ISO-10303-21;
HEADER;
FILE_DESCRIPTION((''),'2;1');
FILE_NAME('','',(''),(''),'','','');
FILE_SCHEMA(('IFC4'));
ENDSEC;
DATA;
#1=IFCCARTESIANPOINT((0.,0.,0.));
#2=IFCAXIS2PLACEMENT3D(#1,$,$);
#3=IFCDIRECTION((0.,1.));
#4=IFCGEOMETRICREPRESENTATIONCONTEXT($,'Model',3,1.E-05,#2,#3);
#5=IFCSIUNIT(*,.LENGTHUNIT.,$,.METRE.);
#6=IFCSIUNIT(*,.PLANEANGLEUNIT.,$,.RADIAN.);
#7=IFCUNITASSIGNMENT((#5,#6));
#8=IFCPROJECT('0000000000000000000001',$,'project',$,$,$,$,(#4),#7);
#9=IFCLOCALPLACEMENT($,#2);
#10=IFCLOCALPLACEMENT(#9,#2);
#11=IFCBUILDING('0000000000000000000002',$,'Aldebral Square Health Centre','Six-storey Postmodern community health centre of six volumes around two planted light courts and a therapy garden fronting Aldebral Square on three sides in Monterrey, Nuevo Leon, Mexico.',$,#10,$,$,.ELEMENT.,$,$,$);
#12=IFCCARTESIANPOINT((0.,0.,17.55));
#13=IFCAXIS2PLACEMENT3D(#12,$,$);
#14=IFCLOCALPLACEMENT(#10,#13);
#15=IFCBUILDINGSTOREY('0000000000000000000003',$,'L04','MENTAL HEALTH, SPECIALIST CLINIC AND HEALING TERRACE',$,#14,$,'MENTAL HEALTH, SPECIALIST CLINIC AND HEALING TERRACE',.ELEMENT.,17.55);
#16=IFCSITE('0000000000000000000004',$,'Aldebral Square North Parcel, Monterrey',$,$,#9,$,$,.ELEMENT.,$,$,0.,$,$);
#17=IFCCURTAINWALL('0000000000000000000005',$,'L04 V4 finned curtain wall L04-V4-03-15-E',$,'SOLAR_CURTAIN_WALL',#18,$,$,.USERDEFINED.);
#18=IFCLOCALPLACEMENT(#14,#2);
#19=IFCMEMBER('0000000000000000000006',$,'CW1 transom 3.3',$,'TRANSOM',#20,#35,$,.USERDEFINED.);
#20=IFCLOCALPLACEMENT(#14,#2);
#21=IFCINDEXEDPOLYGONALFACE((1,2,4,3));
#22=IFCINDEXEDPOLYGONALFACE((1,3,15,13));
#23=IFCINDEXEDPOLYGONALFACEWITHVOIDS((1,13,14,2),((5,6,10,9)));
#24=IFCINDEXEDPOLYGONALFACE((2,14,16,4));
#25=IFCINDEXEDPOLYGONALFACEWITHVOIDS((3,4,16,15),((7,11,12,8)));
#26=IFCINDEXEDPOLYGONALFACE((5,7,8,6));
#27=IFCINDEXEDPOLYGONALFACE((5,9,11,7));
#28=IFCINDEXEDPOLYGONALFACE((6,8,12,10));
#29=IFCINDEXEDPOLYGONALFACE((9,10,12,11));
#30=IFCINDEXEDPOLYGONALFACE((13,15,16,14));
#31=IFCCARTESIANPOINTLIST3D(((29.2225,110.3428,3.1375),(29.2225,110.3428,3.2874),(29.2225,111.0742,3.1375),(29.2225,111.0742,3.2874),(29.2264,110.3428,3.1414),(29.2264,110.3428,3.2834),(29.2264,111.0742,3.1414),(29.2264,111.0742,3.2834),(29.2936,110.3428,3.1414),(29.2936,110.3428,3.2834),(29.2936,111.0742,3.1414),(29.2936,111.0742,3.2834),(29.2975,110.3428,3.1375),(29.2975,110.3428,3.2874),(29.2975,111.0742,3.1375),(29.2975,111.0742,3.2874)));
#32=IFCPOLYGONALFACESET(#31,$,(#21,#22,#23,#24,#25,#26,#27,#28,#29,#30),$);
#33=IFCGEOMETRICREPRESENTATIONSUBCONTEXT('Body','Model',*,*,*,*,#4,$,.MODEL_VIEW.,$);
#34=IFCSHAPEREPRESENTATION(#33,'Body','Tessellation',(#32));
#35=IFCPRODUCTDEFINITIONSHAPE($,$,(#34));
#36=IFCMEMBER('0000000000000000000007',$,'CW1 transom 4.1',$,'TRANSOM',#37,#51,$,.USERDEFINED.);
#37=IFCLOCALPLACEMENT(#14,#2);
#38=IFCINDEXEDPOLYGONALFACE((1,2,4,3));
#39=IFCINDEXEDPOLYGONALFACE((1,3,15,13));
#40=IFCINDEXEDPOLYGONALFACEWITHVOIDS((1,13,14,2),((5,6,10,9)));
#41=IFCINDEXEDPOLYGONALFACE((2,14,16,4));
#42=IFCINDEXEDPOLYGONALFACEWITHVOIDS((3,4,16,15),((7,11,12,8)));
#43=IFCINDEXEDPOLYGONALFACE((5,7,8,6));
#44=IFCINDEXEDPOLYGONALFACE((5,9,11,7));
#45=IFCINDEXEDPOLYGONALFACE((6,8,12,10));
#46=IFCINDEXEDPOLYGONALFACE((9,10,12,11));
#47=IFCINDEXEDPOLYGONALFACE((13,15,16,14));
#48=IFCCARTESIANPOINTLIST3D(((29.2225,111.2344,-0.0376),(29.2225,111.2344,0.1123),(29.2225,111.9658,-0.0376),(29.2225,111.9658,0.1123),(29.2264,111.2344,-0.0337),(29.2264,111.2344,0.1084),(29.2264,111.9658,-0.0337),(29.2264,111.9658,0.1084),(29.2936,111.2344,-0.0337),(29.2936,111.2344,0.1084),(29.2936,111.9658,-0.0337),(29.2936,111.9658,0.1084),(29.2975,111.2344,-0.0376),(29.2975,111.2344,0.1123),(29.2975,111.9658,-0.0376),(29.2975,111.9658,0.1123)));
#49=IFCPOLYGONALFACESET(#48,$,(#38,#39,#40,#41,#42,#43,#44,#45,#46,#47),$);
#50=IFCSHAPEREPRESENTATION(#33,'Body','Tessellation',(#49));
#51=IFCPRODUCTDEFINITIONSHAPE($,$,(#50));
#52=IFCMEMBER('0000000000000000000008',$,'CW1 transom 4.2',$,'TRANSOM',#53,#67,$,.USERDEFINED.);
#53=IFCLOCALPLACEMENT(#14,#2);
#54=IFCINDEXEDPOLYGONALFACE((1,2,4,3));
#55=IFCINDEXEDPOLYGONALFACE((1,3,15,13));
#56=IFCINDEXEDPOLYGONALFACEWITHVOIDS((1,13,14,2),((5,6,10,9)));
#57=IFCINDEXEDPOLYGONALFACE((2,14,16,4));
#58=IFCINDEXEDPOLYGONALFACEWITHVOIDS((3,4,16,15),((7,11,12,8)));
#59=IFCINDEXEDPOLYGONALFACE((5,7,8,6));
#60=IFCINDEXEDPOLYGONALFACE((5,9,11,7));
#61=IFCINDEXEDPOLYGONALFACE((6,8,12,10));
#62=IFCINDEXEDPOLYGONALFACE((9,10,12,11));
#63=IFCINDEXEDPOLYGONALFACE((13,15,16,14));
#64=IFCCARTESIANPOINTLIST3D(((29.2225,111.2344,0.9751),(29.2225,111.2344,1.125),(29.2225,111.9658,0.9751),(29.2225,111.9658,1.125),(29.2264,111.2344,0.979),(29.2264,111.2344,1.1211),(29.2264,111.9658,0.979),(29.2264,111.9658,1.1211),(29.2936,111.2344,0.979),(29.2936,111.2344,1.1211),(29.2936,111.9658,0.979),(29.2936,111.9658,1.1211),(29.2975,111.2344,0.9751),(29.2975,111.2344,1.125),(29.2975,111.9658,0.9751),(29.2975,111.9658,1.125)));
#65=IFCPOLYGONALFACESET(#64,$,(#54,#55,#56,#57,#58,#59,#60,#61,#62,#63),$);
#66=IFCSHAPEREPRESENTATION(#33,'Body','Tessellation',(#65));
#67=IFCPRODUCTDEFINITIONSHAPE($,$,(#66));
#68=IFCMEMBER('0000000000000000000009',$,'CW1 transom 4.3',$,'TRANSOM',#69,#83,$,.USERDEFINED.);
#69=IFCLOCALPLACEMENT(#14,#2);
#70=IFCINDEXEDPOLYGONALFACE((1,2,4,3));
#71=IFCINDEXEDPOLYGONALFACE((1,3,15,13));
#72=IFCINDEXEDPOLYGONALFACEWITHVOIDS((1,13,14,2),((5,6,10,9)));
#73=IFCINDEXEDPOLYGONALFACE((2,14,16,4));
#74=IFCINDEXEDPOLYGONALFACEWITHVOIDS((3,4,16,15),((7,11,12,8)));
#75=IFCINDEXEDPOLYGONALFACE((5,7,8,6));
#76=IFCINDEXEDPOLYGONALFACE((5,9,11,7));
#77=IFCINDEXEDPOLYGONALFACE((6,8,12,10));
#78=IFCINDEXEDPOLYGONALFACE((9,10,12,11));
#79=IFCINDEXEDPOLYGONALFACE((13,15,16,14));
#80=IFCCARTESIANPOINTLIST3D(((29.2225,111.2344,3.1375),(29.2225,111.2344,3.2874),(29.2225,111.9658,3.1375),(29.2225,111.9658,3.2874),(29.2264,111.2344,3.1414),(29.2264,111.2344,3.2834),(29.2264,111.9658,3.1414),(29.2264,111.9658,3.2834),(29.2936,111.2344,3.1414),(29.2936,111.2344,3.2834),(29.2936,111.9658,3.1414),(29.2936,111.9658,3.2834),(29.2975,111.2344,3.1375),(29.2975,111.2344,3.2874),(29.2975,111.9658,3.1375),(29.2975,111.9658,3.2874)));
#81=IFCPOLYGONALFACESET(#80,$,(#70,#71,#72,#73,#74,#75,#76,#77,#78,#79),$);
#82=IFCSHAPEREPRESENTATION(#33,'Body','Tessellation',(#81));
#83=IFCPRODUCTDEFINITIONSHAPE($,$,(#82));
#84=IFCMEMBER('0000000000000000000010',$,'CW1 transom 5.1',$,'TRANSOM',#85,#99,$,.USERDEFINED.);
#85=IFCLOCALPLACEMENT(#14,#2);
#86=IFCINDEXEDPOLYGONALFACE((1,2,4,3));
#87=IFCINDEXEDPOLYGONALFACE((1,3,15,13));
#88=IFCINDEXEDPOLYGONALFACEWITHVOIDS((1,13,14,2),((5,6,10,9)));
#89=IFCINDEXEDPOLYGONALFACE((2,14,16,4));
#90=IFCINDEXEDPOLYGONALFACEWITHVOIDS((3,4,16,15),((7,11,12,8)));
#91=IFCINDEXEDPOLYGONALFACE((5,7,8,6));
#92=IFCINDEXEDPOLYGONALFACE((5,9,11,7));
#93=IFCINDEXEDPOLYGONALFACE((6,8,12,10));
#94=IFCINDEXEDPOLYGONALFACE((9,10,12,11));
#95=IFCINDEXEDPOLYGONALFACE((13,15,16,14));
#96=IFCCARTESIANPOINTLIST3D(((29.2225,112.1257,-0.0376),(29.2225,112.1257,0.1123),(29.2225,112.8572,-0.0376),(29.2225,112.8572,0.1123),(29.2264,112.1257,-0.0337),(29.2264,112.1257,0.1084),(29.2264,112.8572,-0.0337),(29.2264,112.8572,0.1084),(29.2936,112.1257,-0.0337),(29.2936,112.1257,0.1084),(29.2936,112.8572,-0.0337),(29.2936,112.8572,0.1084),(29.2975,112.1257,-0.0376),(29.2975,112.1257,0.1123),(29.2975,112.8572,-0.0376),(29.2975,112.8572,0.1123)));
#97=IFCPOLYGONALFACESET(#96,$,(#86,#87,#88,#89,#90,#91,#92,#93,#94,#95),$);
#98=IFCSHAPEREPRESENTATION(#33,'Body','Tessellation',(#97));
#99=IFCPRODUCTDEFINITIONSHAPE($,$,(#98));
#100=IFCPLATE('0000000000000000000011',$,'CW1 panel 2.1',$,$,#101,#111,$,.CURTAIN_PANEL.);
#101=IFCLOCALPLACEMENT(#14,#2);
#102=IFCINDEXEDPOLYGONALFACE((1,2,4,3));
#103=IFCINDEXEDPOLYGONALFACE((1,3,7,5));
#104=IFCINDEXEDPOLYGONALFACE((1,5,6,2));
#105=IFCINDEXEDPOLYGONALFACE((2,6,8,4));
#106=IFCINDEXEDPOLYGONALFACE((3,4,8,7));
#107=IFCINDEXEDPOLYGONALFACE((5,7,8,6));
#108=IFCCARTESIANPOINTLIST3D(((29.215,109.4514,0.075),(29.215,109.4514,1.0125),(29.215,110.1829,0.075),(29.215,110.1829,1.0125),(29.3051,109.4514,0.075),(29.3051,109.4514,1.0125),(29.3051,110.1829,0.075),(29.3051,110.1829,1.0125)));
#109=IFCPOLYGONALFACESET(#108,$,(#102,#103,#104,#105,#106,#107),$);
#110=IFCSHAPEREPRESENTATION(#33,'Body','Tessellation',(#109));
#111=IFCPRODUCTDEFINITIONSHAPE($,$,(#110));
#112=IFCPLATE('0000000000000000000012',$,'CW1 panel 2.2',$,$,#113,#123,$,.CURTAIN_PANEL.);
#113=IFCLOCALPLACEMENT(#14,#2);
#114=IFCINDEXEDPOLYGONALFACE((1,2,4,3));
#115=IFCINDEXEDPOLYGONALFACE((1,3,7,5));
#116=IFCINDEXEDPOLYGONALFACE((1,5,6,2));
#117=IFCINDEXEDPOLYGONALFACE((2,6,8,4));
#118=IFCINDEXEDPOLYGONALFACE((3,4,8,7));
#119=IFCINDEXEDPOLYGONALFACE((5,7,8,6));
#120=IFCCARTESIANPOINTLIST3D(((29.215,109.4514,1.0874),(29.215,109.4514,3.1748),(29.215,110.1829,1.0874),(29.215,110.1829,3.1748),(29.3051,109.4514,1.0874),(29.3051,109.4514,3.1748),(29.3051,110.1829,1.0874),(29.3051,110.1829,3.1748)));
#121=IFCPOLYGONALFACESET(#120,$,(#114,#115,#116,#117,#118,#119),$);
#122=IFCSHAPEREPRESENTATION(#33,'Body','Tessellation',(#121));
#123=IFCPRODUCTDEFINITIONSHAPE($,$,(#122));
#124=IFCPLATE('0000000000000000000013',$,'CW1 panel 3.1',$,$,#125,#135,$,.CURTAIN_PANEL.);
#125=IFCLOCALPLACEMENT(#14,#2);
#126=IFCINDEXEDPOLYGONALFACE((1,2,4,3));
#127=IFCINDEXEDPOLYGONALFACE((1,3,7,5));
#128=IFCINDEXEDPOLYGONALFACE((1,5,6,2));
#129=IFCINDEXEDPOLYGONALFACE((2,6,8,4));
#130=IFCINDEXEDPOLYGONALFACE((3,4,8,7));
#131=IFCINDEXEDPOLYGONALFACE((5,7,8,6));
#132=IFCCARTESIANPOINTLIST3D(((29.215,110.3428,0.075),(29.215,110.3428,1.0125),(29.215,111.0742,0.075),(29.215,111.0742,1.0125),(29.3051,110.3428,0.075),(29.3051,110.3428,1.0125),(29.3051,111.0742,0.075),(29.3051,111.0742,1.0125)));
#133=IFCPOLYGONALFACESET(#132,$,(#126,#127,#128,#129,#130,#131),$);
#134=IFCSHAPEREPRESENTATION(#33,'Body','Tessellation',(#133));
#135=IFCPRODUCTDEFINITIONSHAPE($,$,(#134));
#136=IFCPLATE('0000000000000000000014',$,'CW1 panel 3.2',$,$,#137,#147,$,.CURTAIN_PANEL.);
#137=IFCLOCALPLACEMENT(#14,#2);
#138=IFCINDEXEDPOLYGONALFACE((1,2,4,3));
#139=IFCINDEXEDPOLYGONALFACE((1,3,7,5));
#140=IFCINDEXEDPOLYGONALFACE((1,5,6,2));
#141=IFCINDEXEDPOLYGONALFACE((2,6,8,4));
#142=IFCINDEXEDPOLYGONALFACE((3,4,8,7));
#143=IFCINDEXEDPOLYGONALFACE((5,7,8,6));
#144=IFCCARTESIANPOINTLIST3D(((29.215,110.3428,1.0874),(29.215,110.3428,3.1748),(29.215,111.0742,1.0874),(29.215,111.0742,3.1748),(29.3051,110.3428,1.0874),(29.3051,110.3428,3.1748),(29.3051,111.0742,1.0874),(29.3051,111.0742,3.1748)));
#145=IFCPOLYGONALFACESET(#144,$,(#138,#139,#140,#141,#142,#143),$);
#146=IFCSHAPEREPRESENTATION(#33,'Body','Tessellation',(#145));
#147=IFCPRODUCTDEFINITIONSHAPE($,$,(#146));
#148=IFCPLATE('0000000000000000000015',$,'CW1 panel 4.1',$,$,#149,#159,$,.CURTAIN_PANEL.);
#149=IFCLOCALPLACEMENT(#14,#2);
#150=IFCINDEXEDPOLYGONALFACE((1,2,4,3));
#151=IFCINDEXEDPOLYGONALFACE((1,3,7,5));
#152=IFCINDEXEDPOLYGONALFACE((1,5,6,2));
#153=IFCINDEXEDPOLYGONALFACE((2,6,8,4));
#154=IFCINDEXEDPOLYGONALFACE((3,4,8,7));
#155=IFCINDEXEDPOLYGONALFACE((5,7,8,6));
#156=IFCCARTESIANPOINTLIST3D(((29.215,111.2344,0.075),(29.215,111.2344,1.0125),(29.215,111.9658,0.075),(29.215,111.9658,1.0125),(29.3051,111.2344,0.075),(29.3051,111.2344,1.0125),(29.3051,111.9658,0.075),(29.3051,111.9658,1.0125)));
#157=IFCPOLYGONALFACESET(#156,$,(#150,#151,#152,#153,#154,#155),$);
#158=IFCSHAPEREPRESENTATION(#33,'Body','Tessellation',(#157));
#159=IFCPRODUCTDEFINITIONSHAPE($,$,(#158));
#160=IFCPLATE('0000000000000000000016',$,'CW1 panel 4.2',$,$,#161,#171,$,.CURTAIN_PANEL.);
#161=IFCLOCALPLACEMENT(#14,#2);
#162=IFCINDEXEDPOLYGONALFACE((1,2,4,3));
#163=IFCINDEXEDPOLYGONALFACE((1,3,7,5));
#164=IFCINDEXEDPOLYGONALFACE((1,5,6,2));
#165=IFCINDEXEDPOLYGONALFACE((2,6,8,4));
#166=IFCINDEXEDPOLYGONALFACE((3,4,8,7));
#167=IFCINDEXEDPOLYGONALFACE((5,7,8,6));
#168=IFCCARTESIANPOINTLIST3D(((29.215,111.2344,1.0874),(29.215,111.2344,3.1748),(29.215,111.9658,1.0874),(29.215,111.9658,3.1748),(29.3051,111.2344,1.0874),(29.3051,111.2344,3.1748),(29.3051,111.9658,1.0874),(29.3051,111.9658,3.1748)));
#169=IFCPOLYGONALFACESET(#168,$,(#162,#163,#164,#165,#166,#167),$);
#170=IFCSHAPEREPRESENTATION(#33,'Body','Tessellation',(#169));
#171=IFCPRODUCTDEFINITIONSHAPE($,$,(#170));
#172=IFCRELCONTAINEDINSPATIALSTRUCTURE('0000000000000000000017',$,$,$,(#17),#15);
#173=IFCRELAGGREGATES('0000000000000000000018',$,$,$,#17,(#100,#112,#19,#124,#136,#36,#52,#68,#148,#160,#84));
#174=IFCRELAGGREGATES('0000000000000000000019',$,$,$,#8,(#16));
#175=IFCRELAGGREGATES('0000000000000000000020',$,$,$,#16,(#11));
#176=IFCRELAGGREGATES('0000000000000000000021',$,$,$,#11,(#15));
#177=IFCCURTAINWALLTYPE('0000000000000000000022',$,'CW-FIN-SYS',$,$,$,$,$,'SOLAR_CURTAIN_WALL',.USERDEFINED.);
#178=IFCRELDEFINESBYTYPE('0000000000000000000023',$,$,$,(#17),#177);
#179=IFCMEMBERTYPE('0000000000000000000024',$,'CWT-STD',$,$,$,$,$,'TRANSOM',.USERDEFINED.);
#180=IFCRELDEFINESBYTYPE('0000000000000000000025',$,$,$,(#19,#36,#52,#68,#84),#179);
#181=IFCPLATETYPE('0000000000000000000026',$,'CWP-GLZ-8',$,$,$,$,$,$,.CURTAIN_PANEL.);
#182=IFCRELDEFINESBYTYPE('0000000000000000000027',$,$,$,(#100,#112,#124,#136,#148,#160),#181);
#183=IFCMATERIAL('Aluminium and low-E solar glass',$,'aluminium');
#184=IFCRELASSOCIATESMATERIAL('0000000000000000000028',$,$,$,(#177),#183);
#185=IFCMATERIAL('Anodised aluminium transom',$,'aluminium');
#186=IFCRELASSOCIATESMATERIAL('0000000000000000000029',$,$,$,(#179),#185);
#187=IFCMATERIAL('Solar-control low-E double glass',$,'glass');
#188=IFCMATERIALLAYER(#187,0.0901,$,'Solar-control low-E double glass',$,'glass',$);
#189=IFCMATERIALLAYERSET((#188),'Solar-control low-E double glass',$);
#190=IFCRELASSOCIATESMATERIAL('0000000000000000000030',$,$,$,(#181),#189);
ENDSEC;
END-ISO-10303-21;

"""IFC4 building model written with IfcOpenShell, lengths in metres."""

from ifc_helpers import new_model, si_unit, direction, frame, origin, origin_2d, place, context, subcontext, project, spatial, rectangle, hollow_rectangle, extrude, material, layer, layer_set, material_profile, profile_set, type_object, element, aggregate, save


model = new_model("IFC4")

# Units and contexts
model_context = context("Model", 3, precision=1e-05, world=origin(), true_north=direction((0.0, 1.0)))
body_context = subcontext(model_context, "Body", "Model", "MODEL_VIEW")
ifc_project = project(units=[si_unit("LENGTHUNIT", "METRE"), si_unit("PLANEANGLEUNIT", "RADIAN")], contexts=[model_context])

# Site, building, storey
site_placement = place(None, origin())
site = spatial("IfcSite", under=ifc_project, at=site_placement, Name="Aldebral Square North Parcel, Monterrey", CompositionType="ELEMENT", RefElevation=0.0)
building_placement = place(site_placement, origin())
building = spatial("IfcBuilding", under=site, at=building_placement, Name="Aldebral Square Health Centre", Description="Six-storey Postmodern community health centre of six volumes around two planted light courts and a therapy garden fronting Aldebral Square on three sides in Monterrey, Nuevo Leon, Mexico.", CompositionType="ELEMENT")
storey_placement = place(building_placement, frame((0.0, 0.0, 17.55)))
storey = spatial("IfcBuildingStorey", under=building, at=storey_placement, Name="L04", Description="MENTAL HEALTH, SPECIALIST CLINIC AND HEALING TERRACE", LongName="MENTAL HEALTH, SPECIALIST CLINIC AND HEALING TERRACE", CompositionType="ELEMENT", Elevation=17.55)

# Curtain wall, members, plates
ifc_material_1 = material(Name="Aluminium and low-E solar glass", Category="aluminium")
curtain_wall_type = type_object("IfcCurtainWallType", Name="CW-FIN-SYS", ElementType="SOLAR_CURTAIN_WALL", PredefinedType="USERDEFINED", material=ifc_material_1)
curtain_wall_placement = place(storey_placement, origin())
curtain_wall = element("IfcCurtainWall", 1, at=curtain_wall_placement, inside=storey, type_object=curtain_wall_type, Name="L04 V4 finned curtain wall L04-V4-03-15-E", ObjectType="SOLAR_CURTAIN_WALL", PredefinedType="USERDEFINED")
ifc_material_2 = material(Name="Anodised aluminium transom", Category="aluminium")
ifc_material_profile_1 = material_profile(ifc_material_2, hollow_rectangle(XDim=0.075, YDim=0.1499, WallThickness=0.0039, at=origin_2d()), Name="CWT 75x150x4")
ifc_profile_set_1 = profile_set([ifc_material_profile_1], Name="Anodised aluminium transom")
member_type_1 = type_object("IfcMemberType", Name="CWT-STD", ElementType="TRANSOM", PredefinedType="USERDEFINED", material=ifc_profile_set_1)
member_1_placement = place(storey_placement, frame((29.26, 110.3428, 3.2124), z_axis=(0.0, 1.0, 0.0), x_axis=(-1.0, 0.0, 0.0)))
member_1 = element("IfcMember", 2, at=member_1_placement, type_object=member_type_1, Name="CW1 transom 3.3", ObjectType="TRANSOM", PredefinedType="USERDEFINED", context=body_context, shape_type="SweptSolid", body=[
    extrude(hollow_rectangle(XDim=0.075, YDim=0.1499, WallThickness=0.0039, at=origin_2d()), origin(), (0.0, 0.0, 1.0), 0.7314),
])
member_2_placement = place(storey_placement, frame((29.26, 111.2344, 0.0374), z_axis=(0.0, 1.0, 0.0), x_axis=(-1.0, 0.0, 0.0)))
member_2 = element("IfcMember", 3, at=member_2_placement, type_object=member_type_1, Name="CW1 transom 4.1", ObjectType="TRANSOM", PredefinedType="USERDEFINED", context=body_context, shape_type="SweptSolid", body=[
    extrude(hollow_rectangle(XDim=0.075, YDim=0.1499, WallThickness=0.0039, at=origin_2d()), origin(), (0.0, 0.0, 1.0), 0.7314),
])
member_3_placement = place(storey_placement, frame((29.26, 111.2344, 1.05), z_axis=(0.0, 1.0, 0.0), x_axis=(-1.0, 0.0, 0.0)))
member_3 = element("IfcMember", 4, at=member_3_placement, type_object=member_type_1, Name="CW1 transom 4.2", ObjectType="TRANSOM", PredefinedType="USERDEFINED", context=body_context, shape_type="SweptSolid", body=[
    extrude(hollow_rectangle(XDim=0.075, YDim=0.1499, WallThickness=0.0039, at=origin_2d()), origin(), (0.0, 0.0, 1.0), 0.7314),
])
member_4_placement = place(storey_placement, frame((29.26, 111.2344, 3.2124), z_axis=(0.0, 1.0, 0.0), x_axis=(-1.0, 0.0, 0.0)))
member_4 = element("IfcMember", 5, at=member_4_placement, type_object=member_type_1, Name="CW1 transom 4.3", ObjectType="TRANSOM", PredefinedType="USERDEFINED", context=body_context, shape_type="SweptSolid", body=[
    extrude(hollow_rectangle(XDim=0.075, YDim=0.1499, WallThickness=0.0039, at=origin_2d()), origin(), (0.0, 0.0, 1.0), 0.7314),
])
member_5_placement = place(storey_placement, frame((29.26, 112.1257, 0.0374), z_axis=(0.0, 1.0, 0.0), x_axis=(-1.0, 0.0, 0.0)))
member_5 = element("IfcMember", 6, at=member_5_placement, type_object=member_type_1, Name="CW1 transom 5.1", ObjectType="TRANSOM", PredefinedType="USERDEFINED", context=body_context, shape_type="SweptSolid", body=[
    extrude(hollow_rectangle(XDim=0.075, YDim=0.1499, WallThickness=0.0039, at=origin_2d()), origin(), (0.0, 0.0, 1.0), 0.7314),
])
ifc_material_3 = material(Name="Solar-control low-E double glass", Category="glass")
ifc_layer = layer(ifc_material_3, 0.0901, Name="Solar-control low-E double glass", Category="glass")
ifc_layer_set = layer_set([ifc_layer], Name="Solar-control low-E double glass")
plate_type = type_object("IfcPlateType", Name="CWP-GLZ-8", PredefinedType="CURTAIN_PANEL", material=ifc_layer_set)
plate_1_placement = place(storey_placement, frame((29.26, 109.8171, 0.075), z_axis=(0.0, 0.0, 1.0), x_axis=(0.0, 1.0, 0.0)))
plate_1 = element("IfcPlate", 7, at=plate_1_placement, type_object=plate_type, Name="CW1 panel 2.1", PredefinedType="CURTAIN_PANEL", context=body_context, shape_type="SweptSolid", body=[
    extrude(rectangle(XDim=0.7314, YDim=0.0901, at=origin_2d()), origin(), (0.0, 0.0, 1.0), 0.9375),
])
plate_2_placement = place(storey_placement, frame((29.26, 109.8171, 1.0874), z_axis=(0.0, 0.0, 1.0), x_axis=(0.0, 1.0, 0.0)))
plate_2 = element("IfcPlate", 8, at=plate_2_placement, type_object=plate_type, Name="CW1 panel 2.2", PredefinedType="CURTAIN_PANEL", context=body_context, shape_type="SweptSolid", body=[
    extrude(rectangle(XDim=0.7314, YDim=0.0901, at=origin_2d()), origin(), (0.0, 0.0, 1.0), 2.0874),
])
plate_3_placement = place(storey_placement, frame((29.26, 110.7085, 0.075), z_axis=(0.0, 0.0, 1.0), x_axis=(0.0, 1.0, 0.0)))
plate_3 = element("IfcPlate", 9, at=plate_3_placement, type_object=plate_type, Name="CW1 panel 3.1", PredefinedType="CURTAIN_PANEL", context=body_context, shape_type="SweptSolid", body=[
    extrude(rectangle(XDim=0.7314, YDim=0.0901, at=origin_2d()), origin(), (0.0, 0.0, 1.0), 0.9375),
])
plate_4_placement = place(storey_placement, frame((29.26, 110.7085, 1.0874), z_axis=(0.0, 0.0, 1.0), x_axis=(0.0, 1.0, 0.0)))
plate_4 = element("IfcPlate", 10, at=plate_4_placement, type_object=plate_type, Name="CW1 panel 3.2", PredefinedType="CURTAIN_PANEL", context=body_context, shape_type="SweptSolid", body=[
    extrude(rectangle(XDim=0.7314, YDim=0.0901, at=origin_2d()), origin(), (0.0, 0.0, 1.0), 2.0874),
])
plate_5_placement = place(storey_placement, frame((29.26, 111.6001, 0.075), z_axis=(0.0, 0.0, 1.0), x_axis=(0.0, 1.0, 0.0)))
plate_5 = element("IfcPlate", 11, at=plate_5_placement, type_object=plate_type, Name="CW1 panel 4.1", PredefinedType="CURTAIN_PANEL", context=body_context, shape_type="SweptSolid", body=[
    extrude(rectangle(XDim=0.7314, YDim=0.0901, at=origin_2d()), origin(), (0.0, 0.0, 1.0), 0.9375),
])
plate_6_placement = place(storey_placement, frame((29.26, 111.6001, 1.0874), z_axis=(0.0, 0.0, 1.0), x_axis=(0.0, 1.0, 0.0)))
plate_6 = element("IfcPlate", 12, at=plate_6_placement, type_object=plate_type, Name="CW1 panel 4.2", PredefinedType="CURTAIN_PANEL", context=body_context, shape_type="SweptSolid", body=[
    extrude(rectangle(XDim=0.7314, YDim=0.0901, at=origin_2d()), origin(), (0.0, 0.0, 1.0), 2.0874),
])
aggregate(curtain_wall, [plate_1, plate_2, member_1, plate_3, plate_4, member_2, member_3, member_4, plate_5, plate_6, member_5])

save(model, "model.ifc")
